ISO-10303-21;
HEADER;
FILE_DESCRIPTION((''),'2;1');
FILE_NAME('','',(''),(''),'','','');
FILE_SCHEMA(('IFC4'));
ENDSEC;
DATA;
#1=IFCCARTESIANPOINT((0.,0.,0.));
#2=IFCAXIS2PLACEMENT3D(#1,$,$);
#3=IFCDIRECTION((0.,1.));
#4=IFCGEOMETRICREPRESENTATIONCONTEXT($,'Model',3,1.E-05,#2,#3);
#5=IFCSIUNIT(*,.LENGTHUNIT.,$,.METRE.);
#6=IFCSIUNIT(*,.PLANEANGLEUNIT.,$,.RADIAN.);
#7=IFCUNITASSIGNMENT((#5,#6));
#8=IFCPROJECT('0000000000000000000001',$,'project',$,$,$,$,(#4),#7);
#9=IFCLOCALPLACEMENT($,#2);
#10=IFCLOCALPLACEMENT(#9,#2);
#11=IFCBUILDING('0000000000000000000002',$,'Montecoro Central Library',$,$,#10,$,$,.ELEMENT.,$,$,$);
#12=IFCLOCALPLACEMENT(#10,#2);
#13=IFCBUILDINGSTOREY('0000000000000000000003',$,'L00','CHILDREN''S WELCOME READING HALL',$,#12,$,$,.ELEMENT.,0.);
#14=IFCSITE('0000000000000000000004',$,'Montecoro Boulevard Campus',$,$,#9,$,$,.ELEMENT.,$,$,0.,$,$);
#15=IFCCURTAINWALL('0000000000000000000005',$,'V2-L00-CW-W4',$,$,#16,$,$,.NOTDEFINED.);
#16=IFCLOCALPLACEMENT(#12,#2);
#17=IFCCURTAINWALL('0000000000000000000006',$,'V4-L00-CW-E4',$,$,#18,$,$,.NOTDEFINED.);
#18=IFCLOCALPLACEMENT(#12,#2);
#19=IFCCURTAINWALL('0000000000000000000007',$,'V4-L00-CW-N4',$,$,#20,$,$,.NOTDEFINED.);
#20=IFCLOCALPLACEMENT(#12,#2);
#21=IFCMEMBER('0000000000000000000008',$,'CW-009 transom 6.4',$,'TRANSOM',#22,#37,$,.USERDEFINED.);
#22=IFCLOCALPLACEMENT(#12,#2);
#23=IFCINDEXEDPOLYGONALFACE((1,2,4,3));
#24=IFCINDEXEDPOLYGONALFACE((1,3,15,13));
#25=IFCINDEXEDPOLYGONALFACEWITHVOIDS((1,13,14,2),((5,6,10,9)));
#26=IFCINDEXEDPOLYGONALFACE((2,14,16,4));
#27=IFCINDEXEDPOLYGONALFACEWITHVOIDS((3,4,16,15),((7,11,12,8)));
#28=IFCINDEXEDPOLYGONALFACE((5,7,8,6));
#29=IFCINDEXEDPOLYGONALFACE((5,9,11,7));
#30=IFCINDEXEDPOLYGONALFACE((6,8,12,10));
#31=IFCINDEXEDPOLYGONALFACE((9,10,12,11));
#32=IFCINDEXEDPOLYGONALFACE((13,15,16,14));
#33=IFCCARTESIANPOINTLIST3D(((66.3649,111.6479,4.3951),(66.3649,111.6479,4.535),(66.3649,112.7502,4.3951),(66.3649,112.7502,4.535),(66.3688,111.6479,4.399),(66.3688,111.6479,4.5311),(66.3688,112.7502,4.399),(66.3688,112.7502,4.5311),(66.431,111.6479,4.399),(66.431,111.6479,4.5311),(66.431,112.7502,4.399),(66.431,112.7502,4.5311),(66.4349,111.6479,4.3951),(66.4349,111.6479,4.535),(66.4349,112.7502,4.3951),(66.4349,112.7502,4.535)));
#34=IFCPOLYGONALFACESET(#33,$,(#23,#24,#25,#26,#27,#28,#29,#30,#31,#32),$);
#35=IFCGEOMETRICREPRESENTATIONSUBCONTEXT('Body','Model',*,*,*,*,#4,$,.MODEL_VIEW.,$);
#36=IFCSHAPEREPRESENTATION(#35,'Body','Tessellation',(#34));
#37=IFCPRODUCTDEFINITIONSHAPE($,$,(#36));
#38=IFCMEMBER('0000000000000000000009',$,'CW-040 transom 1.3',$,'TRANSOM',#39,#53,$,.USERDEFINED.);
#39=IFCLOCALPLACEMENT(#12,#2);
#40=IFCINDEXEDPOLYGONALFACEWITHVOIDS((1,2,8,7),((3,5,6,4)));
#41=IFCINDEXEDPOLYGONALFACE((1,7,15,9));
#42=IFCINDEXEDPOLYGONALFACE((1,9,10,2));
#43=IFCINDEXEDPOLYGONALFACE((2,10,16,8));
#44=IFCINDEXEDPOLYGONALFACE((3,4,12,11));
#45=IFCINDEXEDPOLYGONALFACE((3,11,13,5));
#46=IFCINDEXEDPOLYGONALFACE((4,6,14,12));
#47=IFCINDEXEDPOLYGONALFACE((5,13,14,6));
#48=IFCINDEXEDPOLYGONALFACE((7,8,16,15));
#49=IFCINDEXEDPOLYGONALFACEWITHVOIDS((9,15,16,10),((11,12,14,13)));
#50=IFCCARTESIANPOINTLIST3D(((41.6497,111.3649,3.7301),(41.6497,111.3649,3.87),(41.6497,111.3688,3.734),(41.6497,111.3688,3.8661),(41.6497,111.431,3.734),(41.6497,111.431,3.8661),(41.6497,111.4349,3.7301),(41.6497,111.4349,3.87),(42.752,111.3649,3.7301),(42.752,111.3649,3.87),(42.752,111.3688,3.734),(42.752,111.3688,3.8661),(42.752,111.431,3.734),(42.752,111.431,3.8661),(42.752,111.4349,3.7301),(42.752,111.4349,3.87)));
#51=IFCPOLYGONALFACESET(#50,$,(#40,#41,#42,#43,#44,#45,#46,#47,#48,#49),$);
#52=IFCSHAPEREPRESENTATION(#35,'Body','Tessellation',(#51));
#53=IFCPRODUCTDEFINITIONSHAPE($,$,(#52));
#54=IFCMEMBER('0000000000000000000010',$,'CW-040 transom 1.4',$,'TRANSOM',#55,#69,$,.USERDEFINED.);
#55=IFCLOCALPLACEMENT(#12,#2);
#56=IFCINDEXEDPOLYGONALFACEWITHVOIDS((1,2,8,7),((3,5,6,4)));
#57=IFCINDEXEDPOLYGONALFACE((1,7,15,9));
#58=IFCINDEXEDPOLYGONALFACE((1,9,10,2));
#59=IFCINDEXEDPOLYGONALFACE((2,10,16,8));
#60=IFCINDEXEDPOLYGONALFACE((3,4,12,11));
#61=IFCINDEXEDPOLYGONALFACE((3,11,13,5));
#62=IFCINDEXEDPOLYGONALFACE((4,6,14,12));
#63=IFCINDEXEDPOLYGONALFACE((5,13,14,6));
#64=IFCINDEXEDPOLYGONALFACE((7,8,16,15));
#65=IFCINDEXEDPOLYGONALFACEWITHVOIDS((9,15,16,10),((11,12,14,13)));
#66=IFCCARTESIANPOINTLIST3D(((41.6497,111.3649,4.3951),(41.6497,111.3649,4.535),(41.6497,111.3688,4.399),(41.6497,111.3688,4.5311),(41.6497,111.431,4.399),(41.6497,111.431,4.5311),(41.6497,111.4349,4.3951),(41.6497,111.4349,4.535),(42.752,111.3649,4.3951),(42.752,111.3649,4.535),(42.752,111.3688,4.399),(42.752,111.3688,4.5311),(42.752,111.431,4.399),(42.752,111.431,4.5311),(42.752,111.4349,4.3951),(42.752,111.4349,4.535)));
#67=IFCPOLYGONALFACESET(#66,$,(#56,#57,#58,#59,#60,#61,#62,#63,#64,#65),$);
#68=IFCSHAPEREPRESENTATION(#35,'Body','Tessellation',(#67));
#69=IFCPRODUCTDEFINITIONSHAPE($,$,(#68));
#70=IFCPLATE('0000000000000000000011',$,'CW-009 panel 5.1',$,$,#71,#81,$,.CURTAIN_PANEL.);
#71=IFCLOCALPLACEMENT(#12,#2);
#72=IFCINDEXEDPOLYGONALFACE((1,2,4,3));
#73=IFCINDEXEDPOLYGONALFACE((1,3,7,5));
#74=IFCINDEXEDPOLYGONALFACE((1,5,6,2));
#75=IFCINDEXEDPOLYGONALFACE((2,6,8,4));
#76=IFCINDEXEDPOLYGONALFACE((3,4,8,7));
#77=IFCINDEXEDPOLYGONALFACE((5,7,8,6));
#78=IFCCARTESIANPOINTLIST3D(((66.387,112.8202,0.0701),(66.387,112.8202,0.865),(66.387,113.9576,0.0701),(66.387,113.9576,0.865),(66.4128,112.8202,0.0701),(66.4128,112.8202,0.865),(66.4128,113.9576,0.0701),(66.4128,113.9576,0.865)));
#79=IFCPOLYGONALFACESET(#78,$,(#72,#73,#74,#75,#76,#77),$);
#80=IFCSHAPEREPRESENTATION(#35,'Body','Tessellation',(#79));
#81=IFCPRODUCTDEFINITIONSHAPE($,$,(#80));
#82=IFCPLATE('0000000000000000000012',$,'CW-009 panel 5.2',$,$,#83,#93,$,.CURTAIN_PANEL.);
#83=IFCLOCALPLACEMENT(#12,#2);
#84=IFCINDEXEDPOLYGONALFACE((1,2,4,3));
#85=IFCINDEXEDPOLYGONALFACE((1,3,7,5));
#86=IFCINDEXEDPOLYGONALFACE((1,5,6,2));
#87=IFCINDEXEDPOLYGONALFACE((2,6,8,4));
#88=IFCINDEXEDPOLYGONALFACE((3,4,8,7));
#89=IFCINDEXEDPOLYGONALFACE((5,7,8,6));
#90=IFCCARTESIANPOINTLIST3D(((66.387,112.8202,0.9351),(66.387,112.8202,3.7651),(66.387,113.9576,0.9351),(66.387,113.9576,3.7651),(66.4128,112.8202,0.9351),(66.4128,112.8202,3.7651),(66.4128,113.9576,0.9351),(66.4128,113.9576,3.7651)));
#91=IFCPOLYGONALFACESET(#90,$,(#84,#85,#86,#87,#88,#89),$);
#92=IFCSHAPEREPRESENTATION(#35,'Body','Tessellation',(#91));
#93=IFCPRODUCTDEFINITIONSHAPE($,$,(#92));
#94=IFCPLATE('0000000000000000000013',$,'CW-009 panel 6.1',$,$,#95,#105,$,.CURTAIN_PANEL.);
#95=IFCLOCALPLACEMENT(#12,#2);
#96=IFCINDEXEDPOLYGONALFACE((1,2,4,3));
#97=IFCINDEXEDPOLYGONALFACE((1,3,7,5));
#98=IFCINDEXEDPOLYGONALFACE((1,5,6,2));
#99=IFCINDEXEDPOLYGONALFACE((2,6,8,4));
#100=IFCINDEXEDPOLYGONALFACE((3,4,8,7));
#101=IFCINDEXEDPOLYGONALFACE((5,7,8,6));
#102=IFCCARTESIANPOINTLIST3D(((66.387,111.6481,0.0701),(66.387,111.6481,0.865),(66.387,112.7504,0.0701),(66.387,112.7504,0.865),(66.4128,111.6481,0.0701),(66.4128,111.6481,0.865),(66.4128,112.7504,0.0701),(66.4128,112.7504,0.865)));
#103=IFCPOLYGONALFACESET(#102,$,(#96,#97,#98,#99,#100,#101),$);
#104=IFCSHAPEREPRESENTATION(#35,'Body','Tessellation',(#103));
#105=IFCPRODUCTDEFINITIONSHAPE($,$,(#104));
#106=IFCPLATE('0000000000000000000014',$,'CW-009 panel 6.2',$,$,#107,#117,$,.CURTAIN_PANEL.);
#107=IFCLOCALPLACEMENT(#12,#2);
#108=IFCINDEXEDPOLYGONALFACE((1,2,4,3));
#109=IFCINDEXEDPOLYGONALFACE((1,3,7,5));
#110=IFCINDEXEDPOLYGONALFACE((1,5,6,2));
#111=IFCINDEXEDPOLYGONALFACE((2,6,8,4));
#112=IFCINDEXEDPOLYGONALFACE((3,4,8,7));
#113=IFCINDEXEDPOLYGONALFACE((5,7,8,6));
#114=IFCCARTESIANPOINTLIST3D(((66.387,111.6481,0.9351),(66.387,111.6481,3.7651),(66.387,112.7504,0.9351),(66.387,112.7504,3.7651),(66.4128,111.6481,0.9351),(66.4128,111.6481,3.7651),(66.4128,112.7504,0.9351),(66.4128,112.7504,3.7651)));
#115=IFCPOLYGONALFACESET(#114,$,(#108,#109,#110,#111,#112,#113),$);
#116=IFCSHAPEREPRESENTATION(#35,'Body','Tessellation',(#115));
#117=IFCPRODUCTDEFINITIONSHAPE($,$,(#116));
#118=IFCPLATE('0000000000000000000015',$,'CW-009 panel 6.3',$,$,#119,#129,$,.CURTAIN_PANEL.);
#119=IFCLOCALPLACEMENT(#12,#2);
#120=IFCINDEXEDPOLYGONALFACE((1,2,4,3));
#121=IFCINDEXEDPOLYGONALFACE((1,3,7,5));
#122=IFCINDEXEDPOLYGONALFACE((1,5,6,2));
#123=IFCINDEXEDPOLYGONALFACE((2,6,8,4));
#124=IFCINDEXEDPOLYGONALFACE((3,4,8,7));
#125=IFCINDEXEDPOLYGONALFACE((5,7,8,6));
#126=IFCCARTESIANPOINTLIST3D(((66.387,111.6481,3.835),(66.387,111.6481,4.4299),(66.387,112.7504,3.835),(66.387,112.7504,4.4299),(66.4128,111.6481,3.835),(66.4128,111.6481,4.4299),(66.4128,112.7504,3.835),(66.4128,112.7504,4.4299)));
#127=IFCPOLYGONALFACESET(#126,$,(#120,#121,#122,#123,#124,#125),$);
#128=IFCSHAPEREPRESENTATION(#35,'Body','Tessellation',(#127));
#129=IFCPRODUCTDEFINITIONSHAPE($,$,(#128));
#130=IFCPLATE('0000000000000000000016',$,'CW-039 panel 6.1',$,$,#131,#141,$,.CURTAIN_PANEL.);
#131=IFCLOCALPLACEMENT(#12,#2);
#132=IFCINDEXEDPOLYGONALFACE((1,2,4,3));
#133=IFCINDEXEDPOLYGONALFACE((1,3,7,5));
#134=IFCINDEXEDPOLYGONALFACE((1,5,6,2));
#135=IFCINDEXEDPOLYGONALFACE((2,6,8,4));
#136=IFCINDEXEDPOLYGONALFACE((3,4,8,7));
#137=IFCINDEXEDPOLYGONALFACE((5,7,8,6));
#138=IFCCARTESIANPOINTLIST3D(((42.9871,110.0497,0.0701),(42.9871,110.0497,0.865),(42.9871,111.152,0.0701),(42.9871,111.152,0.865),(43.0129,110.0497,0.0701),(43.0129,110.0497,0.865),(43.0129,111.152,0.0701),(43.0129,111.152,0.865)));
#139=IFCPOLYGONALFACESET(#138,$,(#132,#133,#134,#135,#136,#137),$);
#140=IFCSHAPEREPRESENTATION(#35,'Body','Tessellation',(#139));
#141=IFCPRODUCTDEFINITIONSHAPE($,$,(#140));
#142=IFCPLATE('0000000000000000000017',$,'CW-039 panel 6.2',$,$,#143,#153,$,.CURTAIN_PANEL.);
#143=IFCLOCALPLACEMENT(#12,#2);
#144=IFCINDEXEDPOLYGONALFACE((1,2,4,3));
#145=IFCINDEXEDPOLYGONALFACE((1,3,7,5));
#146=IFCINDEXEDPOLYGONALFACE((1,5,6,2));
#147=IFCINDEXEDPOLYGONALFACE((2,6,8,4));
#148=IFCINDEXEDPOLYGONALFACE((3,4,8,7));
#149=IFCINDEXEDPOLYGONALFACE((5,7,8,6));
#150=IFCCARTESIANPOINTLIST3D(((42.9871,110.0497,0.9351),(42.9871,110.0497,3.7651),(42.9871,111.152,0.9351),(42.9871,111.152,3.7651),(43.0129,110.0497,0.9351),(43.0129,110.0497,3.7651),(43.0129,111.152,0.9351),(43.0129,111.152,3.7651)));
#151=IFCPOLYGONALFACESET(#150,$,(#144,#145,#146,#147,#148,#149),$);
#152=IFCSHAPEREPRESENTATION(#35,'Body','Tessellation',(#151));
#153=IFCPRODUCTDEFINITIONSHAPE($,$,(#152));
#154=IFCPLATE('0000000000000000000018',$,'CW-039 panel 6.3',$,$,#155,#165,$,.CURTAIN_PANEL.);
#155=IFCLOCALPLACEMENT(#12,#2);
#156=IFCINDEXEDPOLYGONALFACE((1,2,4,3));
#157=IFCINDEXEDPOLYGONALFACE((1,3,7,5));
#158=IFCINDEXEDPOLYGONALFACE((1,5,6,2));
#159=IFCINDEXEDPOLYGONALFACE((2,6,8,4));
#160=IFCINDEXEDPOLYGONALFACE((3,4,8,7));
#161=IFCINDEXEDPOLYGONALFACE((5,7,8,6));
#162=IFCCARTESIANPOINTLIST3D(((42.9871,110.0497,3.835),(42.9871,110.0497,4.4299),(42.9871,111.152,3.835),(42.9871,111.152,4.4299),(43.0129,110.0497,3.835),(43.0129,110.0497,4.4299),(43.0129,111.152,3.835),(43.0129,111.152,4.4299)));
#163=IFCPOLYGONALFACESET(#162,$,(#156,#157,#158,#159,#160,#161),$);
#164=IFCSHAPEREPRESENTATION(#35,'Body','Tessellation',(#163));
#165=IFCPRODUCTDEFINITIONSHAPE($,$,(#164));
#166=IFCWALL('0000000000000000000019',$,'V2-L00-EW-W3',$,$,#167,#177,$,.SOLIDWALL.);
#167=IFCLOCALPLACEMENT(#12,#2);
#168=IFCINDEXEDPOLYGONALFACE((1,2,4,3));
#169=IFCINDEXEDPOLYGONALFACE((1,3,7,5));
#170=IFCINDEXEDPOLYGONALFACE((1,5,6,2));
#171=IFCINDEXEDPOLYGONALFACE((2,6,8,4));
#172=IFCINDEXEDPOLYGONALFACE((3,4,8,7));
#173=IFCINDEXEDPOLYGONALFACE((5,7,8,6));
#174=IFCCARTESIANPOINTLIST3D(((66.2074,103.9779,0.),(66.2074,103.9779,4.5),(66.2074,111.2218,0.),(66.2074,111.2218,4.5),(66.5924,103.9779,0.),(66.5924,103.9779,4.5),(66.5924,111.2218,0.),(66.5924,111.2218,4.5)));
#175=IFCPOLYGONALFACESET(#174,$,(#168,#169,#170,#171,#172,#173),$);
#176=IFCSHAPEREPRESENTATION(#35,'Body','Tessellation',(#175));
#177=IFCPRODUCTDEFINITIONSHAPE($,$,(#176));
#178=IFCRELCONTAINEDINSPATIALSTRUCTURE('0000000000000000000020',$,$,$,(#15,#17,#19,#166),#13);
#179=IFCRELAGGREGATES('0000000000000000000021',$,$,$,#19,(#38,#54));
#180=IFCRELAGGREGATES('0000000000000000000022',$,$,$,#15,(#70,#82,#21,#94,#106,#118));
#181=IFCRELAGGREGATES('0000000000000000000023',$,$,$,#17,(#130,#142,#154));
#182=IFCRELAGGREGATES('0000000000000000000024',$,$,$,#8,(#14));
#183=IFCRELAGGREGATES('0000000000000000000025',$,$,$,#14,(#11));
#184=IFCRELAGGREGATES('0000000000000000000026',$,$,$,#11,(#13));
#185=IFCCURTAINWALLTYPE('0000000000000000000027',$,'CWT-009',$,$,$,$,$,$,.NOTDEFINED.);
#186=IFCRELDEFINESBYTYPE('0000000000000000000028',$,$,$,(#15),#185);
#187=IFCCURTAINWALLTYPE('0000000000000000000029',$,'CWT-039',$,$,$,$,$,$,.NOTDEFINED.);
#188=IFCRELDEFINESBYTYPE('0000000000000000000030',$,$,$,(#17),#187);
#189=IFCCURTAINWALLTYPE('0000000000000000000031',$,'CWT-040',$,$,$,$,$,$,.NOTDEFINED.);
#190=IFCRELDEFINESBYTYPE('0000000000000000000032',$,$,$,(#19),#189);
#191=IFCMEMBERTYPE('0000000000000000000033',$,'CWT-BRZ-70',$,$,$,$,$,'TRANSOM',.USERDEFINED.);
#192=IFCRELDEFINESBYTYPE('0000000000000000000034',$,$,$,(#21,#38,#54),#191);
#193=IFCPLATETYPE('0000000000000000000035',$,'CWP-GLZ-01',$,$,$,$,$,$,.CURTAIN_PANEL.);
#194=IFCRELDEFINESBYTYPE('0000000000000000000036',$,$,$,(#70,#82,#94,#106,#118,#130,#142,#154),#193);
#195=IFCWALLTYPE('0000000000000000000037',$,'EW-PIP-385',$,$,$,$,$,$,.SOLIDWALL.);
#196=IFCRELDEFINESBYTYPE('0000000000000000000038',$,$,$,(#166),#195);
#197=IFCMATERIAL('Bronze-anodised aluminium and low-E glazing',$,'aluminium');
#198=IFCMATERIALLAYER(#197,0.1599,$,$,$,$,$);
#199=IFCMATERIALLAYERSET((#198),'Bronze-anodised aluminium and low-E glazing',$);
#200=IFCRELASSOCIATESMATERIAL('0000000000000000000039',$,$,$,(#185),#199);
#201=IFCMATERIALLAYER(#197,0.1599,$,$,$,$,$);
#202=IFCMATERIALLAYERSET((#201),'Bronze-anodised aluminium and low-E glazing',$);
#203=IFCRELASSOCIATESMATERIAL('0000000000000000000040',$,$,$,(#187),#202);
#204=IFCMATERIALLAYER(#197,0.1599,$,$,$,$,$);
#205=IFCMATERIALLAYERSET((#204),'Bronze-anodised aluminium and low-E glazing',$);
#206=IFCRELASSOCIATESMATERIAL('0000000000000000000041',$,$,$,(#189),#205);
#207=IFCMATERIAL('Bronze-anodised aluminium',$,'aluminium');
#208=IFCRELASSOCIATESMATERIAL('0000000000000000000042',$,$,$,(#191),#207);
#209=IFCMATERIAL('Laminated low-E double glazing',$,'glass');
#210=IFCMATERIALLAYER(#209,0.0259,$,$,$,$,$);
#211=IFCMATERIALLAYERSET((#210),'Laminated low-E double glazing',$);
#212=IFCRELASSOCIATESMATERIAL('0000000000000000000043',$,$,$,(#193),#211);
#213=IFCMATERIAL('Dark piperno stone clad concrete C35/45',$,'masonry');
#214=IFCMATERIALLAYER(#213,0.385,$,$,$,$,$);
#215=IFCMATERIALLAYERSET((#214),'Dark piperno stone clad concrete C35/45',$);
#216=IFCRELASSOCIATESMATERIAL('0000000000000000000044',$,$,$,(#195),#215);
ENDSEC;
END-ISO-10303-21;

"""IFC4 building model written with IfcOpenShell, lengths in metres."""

from ifc_helpers import new_model, si_unit, direction, frame, frame_2d, origin, origin_2d, place, context, subcontext, project, spatial, rectangle, hollow_rectangle, extrude, material, layer, layer_set, material_profile, profile_set, type_object, element, aggregate, save


model = new_model("IFC4")

# Units and contexts
model_context = context("Model", 3, precision=1e-05, world=origin(), true_north=direction((0.0, 1.0)))
body_context = subcontext(model_context, "Body", "Model", "MODEL_VIEW")
ifc_project = project(units=[si_unit("LENGTHUNIT", "METRE"), si_unit("PLANEANGLEUNIT", "RADIAN")], contexts=[model_context])

# Site, building, storey
site_placement = place(None, origin())
site = spatial("IfcSite", under=ifc_project, at=site_placement, Name="Montecoro Boulevard Campus", CompositionType="ELEMENT", RefElevation=0.0)
building_placement = place(site_placement, origin())
building = spatial("IfcBuilding", under=site, at=building_placement, Name="Montecoro Central Library", CompositionType="ELEMENT")
storey_placement = place(building_placement, origin())
storey = spatial("IfcBuildingStorey", under=building, at=storey_placement, Name="L00", Description="CHILDREN'S WELCOME READING HALL", CompositionType="ELEMENT", Elevation=0.0)

# Curtain wall
ifc_material_1 = material(Name="Bronze-anodised aluminium and low-E glazing", Category="aluminium")
ifc_layer_1 = layer(ifc_material_1, 0.1599)
ifc_layer_set_1 = layer_set([ifc_layer_1], Name="Bronze-anodised aluminium and low-E glazing")
curtain_wall_type_1 = type_object("IfcCurtainWallType", Name="CWT-009", PredefinedType="NOTDEFINED", material=ifc_layer_set_1)
curtain_wall_1_placement = place(storey_placement, origin())
curtain_wall_1 = element("IfcCurtainWall", 1, at=curtain_wall_1_placement, inside=storey, type_object=curtain_wall_type_1, Name="V2-L00-CW-W4", PredefinedType="NOTDEFINED")
ifc_material_2 = material(Name="Bronze-anodised aluminium", Category="aluminium")

# Curtain walls
ifc_layer_2 = layer(ifc_material_1, 0.1599)
ifc_layer_set_2 = layer_set([ifc_layer_2], Name="Bronze-anodised aluminium and low-E glazing")
curtain_wall_type_2 = type_object("IfcCurtainWallType", Name="CWT-039", PredefinedType="NOTDEFINED", material=ifc_layer_set_2)
curtain_wall_2_placement = place(storey_placement, origin())
curtain_wall_2 = element("IfcCurtainWall", 2, at=curtain_wall_2_placement, inside=storey, type_object=curtain_wall_type_2, Name="V4-L00-CW-E4", PredefinedType="NOTDEFINED")
ifc_layer_3 = layer(ifc_material_1, 0.1599)
ifc_layer_set_3 = layer_set([ifc_layer_3], Name="Bronze-anodised aluminium and low-E glazing")
curtain_wall_type_3 = type_object("IfcCurtainWallType", Name="CWT-040", PredefinedType="NOTDEFINED", material=ifc_layer_set_3)
curtain_wall_3_placement = place(storey_placement, origin())
curtain_wall_3 = element("IfcCurtainWall", 3, at=curtain_wall_3_placement, inside=storey, type_object=curtain_wall_type_3, Name="V4-L00-CW-N4", PredefinedType="NOTDEFINED")

# Members
ifc_material_profile_1 = material_profile(ifc_material_2, hollow_rectangle(XDim=0.0701, YDim=0.1399, WallThickness=0.0039, at=origin_2d()), Name="CWT 140x70x4.0")
ifc_profile_set_1 = profile_set([ifc_material_profile_1], Name="Bronze-anodised aluminium")
member_type_1 = type_object("IfcMemberType", Name="CWT-BRZ-70", ElementType="TRANSOM", PredefinedType="USERDEFINED", material=ifc_profile_set_1)
member_1_placement = place(storey_placement, frame((66.3999, 112.7502, 4.4651), z_axis=(0.0, -1.0, 0.0), x_axis=(1.0, 0.0, 0.0)))
member_1 = element("IfcMember", 4, at=member_1_placement, type_object=member_type_1, Name="CW-009 transom 6.4", ObjectType="TRANSOM", PredefinedType="USERDEFINED", context=body_context, shape_type="SweptSolid", body=[
    extrude(hollow_rectangle(XDim=0.0701, YDim=0.1399, WallThickness=0.0039, at=origin_2d()), origin(), (0.0, 0.0, 1.0), 1.1023),
])
member_2_placement = place(storey_placement, frame((42.752, 111.3999, 3.8), z_axis=(-1.0, 0.0, 0.0), x_axis=(0.0, -1.0, 0.0)))
member_2 = element("IfcMember", 5, at=member_2_placement, type_object=member_type_1, Name="CW-040 transom 1.3", ObjectType="TRANSOM", PredefinedType="USERDEFINED", context=body_context, shape_type="SweptSolid", body=[
    extrude(hollow_rectangle(XDim=0.0701, YDim=0.1399, WallThickness=0.0039, at=origin_2d()), origin(), (0.0, 0.0, 1.0), 1.1023),
])
member_3_placement = place(storey_placement, frame((42.752, 111.3999, 4.4651), z_axis=(-1.0, 0.0, 0.0), x_axis=(0.0, -1.0, 0.0)))
member_3 = element("IfcMember", 6, at=member_3_placement, type_object=member_type_1, Name="CW-040 transom 1.4", ObjectType="TRANSOM", PredefinedType="USERDEFINED", context=body_context, shape_type="SweptSolid", body=[
    extrude(hollow_rectangle(XDim=0.0701, YDim=0.1399, WallThickness=0.0039, at=origin_2d()), origin(), (0.0, 0.0, 1.0), 1.1023),
])
aggregate(curtain_wall_3, [member_2, member_3])

# Plates
ifc_material_3 = material(Name="Laminated low-E double glazing", Category="glass")
ifc_layer_4 = layer(ifc_material_3, 0.0259)
ifc_layer_set_4 = layer_set([ifc_layer_4], Name="Laminated low-E double glazing")
plate_type = type_object("IfcPlateType", Name="CWP-GLZ-01", PredefinedType="CURTAIN_PANEL", material=ifc_layer_set_4)
plate_1_placement = place(storey_placement, frame((66.3999, 113.3889, 0.0701), z_axis=(0.0, 0.0, 1.0), x_axis=(0.0, -1.0, 0.0)))
plate_1 = element("IfcPlate", 7, at=plate_1_placement, type_object=plate_type, Name="CW-009 panel 5.1", PredefinedType="CURTAIN_PANEL", context=body_context, shape_type="SweptSolid", body=[
    extrude(rectangle(XDim=1.1375, YDim=0.0259, at=origin_2d()), origin(), (0.0, 0.0, 1.0), 0.7949),
])
plate_2_placement = place(storey_placement, frame((66.3999, 113.3889, 0.9351), z_axis=(0.0, 0.0, 1.0), x_axis=(0.0, -1.0, 0.0)))
plate_2 = element("IfcPlate", 8, at=plate_2_placement, type_object=plate_type, Name="CW-009 panel 5.2", PredefinedType="CURTAIN_PANEL", context=body_context, shape_type="SweptSolid", body=[
    extrude(rectangle(XDim=1.1375, YDim=0.0259, at=origin_2d()), origin(), (0.0, 0.0, 1.0), 2.8301),
])
plate_3_placement = place(storey_placement, frame((66.3999, 112.1992, 0.0701), z_axis=(0.0, 0.0, 1.0), x_axis=(0.0, -1.0, 0.0)))
plate_3 = element("IfcPlate", 9, at=plate_3_placement, type_object=plate_type, Name="CW-009 panel 6.1", PredefinedType="CURTAIN_PANEL", context=body_context, shape_type="SweptSolid", body=[
    extrude(rectangle(XDim=1.1023, YDim=0.0259, at=origin_2d()), origin(), (0.0, 0.0, 1.0), 0.7949),
])
plate_4_placement = place(storey_placement, frame((66.3999, 112.1992, 0.9351), z_axis=(0.0, 0.0, 1.0), x_axis=(0.0, -1.0, 0.0)))
plate_4 = element("IfcPlate", 10, at=plate_4_placement, type_object=plate_type, Name="CW-009 panel 6.2", PredefinedType="CURTAIN_PANEL", context=body_context, shape_type="SweptSolid", body=[
    extrude(rectangle(XDim=1.1023, YDim=0.0259, at=origin_2d()), origin(), (0.0, 0.0, 1.0), 2.8301),
])
plate_5_placement = place(storey_placement, frame((66.3999, 112.1992, 3.835), z_axis=(0.0, 0.0, 1.0), x_axis=(0.0, -1.0, 0.0)))
plate_5 = element("IfcPlate", 11, at=plate_5_placement, type_object=plate_type, Name="CW-009 panel 6.3", PredefinedType="CURTAIN_PANEL", context=body_context, shape_type="SweptSolid", body=[
    extrude(rectangle(XDim=1.1023, YDim=0.0259, at=origin_2d()), origin(), (0.0, 0.0, 1.0), 0.595),
])
aggregate(curtain_wall_1, [plate_1, plate_2, member_1, plate_3, plate_4, plate_5])
plate_6_placement = place(storey_placement, frame((43.0, 110.6008, 0.0701), z_axis=(0.0, 0.0, 1.0), x_axis=(0.0, 1.0, 0.0)))
plate_6 = element("IfcPlate", 12, at=plate_6_placement, type_object=plate_type, Name="CW-039 panel 6.1", PredefinedType="CURTAIN_PANEL", context=body_context, shape_type="SweptSolid", body=[
    extrude(rectangle(XDim=1.1023, YDim=0.0259, at=origin_2d()), origin(), (0.0, 0.0, 1.0), 0.7949),
])
plate_7_placement = place(storey_placement, frame((43.0, 110.6008, 0.9351), z_axis=(0.0, 0.0, 1.0), x_axis=(0.0, 1.0, 0.0)))
plate_7 = element("IfcPlate", 13, at=plate_7_placement, type_object=plate_type, Name="CW-039 panel 6.2", PredefinedType="CURTAIN_PANEL", context=body_context, shape_type="SweptSolid", body=[
    extrude(rectangle(XDim=1.1023, YDim=0.0259, at=origin_2d()), origin(), (0.0, 0.0, 1.0), 2.8301),
])
plate_8_placement = place(storey_placement, frame((43.0, 110.6008, 3.835), z_axis=(0.0, 0.0, 1.0), x_axis=(0.0, 1.0, 0.0)))
plate_8 = element("IfcPlate", 14, at=plate_8_placement, type_object=plate_type, Name="CW-039 panel 6.3", PredefinedType="CURTAIN_PANEL", context=body_context, shape_type="SweptSolid", body=[
    extrude(rectangle(XDim=1.1023, YDim=0.0259, at=origin_2d()), origin(), (0.0, 0.0, 1.0), 0.595),
])
aggregate(curtain_wall_2, [plate_6, plate_7, plate_8])

# Wall
ifc_material_4 = material(Name="Dark piperno stone clad concrete C35/45", Category="masonry")
ifc_layer_5 = layer(ifc_material_4, 0.385)
ifc_layer_set_5 = layer_set([ifc_layer_5], Name="Dark piperno stone clad concrete C35/45")
wall_type = type_object("IfcWallType", Name="EW-PIP-385", PredefinedType="SOLIDWALL", material=ifc_layer_set_5)
wall_placement = place(storey_placement, frame((66.3999, 111.2219, 0.0), z_axis=(0.0, 0.0, 1.0), x_axis=(0.0, -1.0, 0.0)))
element("IfcWall", 15, at=wall_placement, inside=storey, type_object=wall_type, Name="V2-L00-EW-W3", PredefinedType="SOLIDWALL", context=body_context, shape_type="SweptSolid", body=[
    extrude(rectangle(XDim=7.2439, YDim=0.385, at=frame_2d((3.6221, 0.0))), origin(), (0.0, 0.0, 1.0), 4.5),
])

save(model, "model.ifc")
